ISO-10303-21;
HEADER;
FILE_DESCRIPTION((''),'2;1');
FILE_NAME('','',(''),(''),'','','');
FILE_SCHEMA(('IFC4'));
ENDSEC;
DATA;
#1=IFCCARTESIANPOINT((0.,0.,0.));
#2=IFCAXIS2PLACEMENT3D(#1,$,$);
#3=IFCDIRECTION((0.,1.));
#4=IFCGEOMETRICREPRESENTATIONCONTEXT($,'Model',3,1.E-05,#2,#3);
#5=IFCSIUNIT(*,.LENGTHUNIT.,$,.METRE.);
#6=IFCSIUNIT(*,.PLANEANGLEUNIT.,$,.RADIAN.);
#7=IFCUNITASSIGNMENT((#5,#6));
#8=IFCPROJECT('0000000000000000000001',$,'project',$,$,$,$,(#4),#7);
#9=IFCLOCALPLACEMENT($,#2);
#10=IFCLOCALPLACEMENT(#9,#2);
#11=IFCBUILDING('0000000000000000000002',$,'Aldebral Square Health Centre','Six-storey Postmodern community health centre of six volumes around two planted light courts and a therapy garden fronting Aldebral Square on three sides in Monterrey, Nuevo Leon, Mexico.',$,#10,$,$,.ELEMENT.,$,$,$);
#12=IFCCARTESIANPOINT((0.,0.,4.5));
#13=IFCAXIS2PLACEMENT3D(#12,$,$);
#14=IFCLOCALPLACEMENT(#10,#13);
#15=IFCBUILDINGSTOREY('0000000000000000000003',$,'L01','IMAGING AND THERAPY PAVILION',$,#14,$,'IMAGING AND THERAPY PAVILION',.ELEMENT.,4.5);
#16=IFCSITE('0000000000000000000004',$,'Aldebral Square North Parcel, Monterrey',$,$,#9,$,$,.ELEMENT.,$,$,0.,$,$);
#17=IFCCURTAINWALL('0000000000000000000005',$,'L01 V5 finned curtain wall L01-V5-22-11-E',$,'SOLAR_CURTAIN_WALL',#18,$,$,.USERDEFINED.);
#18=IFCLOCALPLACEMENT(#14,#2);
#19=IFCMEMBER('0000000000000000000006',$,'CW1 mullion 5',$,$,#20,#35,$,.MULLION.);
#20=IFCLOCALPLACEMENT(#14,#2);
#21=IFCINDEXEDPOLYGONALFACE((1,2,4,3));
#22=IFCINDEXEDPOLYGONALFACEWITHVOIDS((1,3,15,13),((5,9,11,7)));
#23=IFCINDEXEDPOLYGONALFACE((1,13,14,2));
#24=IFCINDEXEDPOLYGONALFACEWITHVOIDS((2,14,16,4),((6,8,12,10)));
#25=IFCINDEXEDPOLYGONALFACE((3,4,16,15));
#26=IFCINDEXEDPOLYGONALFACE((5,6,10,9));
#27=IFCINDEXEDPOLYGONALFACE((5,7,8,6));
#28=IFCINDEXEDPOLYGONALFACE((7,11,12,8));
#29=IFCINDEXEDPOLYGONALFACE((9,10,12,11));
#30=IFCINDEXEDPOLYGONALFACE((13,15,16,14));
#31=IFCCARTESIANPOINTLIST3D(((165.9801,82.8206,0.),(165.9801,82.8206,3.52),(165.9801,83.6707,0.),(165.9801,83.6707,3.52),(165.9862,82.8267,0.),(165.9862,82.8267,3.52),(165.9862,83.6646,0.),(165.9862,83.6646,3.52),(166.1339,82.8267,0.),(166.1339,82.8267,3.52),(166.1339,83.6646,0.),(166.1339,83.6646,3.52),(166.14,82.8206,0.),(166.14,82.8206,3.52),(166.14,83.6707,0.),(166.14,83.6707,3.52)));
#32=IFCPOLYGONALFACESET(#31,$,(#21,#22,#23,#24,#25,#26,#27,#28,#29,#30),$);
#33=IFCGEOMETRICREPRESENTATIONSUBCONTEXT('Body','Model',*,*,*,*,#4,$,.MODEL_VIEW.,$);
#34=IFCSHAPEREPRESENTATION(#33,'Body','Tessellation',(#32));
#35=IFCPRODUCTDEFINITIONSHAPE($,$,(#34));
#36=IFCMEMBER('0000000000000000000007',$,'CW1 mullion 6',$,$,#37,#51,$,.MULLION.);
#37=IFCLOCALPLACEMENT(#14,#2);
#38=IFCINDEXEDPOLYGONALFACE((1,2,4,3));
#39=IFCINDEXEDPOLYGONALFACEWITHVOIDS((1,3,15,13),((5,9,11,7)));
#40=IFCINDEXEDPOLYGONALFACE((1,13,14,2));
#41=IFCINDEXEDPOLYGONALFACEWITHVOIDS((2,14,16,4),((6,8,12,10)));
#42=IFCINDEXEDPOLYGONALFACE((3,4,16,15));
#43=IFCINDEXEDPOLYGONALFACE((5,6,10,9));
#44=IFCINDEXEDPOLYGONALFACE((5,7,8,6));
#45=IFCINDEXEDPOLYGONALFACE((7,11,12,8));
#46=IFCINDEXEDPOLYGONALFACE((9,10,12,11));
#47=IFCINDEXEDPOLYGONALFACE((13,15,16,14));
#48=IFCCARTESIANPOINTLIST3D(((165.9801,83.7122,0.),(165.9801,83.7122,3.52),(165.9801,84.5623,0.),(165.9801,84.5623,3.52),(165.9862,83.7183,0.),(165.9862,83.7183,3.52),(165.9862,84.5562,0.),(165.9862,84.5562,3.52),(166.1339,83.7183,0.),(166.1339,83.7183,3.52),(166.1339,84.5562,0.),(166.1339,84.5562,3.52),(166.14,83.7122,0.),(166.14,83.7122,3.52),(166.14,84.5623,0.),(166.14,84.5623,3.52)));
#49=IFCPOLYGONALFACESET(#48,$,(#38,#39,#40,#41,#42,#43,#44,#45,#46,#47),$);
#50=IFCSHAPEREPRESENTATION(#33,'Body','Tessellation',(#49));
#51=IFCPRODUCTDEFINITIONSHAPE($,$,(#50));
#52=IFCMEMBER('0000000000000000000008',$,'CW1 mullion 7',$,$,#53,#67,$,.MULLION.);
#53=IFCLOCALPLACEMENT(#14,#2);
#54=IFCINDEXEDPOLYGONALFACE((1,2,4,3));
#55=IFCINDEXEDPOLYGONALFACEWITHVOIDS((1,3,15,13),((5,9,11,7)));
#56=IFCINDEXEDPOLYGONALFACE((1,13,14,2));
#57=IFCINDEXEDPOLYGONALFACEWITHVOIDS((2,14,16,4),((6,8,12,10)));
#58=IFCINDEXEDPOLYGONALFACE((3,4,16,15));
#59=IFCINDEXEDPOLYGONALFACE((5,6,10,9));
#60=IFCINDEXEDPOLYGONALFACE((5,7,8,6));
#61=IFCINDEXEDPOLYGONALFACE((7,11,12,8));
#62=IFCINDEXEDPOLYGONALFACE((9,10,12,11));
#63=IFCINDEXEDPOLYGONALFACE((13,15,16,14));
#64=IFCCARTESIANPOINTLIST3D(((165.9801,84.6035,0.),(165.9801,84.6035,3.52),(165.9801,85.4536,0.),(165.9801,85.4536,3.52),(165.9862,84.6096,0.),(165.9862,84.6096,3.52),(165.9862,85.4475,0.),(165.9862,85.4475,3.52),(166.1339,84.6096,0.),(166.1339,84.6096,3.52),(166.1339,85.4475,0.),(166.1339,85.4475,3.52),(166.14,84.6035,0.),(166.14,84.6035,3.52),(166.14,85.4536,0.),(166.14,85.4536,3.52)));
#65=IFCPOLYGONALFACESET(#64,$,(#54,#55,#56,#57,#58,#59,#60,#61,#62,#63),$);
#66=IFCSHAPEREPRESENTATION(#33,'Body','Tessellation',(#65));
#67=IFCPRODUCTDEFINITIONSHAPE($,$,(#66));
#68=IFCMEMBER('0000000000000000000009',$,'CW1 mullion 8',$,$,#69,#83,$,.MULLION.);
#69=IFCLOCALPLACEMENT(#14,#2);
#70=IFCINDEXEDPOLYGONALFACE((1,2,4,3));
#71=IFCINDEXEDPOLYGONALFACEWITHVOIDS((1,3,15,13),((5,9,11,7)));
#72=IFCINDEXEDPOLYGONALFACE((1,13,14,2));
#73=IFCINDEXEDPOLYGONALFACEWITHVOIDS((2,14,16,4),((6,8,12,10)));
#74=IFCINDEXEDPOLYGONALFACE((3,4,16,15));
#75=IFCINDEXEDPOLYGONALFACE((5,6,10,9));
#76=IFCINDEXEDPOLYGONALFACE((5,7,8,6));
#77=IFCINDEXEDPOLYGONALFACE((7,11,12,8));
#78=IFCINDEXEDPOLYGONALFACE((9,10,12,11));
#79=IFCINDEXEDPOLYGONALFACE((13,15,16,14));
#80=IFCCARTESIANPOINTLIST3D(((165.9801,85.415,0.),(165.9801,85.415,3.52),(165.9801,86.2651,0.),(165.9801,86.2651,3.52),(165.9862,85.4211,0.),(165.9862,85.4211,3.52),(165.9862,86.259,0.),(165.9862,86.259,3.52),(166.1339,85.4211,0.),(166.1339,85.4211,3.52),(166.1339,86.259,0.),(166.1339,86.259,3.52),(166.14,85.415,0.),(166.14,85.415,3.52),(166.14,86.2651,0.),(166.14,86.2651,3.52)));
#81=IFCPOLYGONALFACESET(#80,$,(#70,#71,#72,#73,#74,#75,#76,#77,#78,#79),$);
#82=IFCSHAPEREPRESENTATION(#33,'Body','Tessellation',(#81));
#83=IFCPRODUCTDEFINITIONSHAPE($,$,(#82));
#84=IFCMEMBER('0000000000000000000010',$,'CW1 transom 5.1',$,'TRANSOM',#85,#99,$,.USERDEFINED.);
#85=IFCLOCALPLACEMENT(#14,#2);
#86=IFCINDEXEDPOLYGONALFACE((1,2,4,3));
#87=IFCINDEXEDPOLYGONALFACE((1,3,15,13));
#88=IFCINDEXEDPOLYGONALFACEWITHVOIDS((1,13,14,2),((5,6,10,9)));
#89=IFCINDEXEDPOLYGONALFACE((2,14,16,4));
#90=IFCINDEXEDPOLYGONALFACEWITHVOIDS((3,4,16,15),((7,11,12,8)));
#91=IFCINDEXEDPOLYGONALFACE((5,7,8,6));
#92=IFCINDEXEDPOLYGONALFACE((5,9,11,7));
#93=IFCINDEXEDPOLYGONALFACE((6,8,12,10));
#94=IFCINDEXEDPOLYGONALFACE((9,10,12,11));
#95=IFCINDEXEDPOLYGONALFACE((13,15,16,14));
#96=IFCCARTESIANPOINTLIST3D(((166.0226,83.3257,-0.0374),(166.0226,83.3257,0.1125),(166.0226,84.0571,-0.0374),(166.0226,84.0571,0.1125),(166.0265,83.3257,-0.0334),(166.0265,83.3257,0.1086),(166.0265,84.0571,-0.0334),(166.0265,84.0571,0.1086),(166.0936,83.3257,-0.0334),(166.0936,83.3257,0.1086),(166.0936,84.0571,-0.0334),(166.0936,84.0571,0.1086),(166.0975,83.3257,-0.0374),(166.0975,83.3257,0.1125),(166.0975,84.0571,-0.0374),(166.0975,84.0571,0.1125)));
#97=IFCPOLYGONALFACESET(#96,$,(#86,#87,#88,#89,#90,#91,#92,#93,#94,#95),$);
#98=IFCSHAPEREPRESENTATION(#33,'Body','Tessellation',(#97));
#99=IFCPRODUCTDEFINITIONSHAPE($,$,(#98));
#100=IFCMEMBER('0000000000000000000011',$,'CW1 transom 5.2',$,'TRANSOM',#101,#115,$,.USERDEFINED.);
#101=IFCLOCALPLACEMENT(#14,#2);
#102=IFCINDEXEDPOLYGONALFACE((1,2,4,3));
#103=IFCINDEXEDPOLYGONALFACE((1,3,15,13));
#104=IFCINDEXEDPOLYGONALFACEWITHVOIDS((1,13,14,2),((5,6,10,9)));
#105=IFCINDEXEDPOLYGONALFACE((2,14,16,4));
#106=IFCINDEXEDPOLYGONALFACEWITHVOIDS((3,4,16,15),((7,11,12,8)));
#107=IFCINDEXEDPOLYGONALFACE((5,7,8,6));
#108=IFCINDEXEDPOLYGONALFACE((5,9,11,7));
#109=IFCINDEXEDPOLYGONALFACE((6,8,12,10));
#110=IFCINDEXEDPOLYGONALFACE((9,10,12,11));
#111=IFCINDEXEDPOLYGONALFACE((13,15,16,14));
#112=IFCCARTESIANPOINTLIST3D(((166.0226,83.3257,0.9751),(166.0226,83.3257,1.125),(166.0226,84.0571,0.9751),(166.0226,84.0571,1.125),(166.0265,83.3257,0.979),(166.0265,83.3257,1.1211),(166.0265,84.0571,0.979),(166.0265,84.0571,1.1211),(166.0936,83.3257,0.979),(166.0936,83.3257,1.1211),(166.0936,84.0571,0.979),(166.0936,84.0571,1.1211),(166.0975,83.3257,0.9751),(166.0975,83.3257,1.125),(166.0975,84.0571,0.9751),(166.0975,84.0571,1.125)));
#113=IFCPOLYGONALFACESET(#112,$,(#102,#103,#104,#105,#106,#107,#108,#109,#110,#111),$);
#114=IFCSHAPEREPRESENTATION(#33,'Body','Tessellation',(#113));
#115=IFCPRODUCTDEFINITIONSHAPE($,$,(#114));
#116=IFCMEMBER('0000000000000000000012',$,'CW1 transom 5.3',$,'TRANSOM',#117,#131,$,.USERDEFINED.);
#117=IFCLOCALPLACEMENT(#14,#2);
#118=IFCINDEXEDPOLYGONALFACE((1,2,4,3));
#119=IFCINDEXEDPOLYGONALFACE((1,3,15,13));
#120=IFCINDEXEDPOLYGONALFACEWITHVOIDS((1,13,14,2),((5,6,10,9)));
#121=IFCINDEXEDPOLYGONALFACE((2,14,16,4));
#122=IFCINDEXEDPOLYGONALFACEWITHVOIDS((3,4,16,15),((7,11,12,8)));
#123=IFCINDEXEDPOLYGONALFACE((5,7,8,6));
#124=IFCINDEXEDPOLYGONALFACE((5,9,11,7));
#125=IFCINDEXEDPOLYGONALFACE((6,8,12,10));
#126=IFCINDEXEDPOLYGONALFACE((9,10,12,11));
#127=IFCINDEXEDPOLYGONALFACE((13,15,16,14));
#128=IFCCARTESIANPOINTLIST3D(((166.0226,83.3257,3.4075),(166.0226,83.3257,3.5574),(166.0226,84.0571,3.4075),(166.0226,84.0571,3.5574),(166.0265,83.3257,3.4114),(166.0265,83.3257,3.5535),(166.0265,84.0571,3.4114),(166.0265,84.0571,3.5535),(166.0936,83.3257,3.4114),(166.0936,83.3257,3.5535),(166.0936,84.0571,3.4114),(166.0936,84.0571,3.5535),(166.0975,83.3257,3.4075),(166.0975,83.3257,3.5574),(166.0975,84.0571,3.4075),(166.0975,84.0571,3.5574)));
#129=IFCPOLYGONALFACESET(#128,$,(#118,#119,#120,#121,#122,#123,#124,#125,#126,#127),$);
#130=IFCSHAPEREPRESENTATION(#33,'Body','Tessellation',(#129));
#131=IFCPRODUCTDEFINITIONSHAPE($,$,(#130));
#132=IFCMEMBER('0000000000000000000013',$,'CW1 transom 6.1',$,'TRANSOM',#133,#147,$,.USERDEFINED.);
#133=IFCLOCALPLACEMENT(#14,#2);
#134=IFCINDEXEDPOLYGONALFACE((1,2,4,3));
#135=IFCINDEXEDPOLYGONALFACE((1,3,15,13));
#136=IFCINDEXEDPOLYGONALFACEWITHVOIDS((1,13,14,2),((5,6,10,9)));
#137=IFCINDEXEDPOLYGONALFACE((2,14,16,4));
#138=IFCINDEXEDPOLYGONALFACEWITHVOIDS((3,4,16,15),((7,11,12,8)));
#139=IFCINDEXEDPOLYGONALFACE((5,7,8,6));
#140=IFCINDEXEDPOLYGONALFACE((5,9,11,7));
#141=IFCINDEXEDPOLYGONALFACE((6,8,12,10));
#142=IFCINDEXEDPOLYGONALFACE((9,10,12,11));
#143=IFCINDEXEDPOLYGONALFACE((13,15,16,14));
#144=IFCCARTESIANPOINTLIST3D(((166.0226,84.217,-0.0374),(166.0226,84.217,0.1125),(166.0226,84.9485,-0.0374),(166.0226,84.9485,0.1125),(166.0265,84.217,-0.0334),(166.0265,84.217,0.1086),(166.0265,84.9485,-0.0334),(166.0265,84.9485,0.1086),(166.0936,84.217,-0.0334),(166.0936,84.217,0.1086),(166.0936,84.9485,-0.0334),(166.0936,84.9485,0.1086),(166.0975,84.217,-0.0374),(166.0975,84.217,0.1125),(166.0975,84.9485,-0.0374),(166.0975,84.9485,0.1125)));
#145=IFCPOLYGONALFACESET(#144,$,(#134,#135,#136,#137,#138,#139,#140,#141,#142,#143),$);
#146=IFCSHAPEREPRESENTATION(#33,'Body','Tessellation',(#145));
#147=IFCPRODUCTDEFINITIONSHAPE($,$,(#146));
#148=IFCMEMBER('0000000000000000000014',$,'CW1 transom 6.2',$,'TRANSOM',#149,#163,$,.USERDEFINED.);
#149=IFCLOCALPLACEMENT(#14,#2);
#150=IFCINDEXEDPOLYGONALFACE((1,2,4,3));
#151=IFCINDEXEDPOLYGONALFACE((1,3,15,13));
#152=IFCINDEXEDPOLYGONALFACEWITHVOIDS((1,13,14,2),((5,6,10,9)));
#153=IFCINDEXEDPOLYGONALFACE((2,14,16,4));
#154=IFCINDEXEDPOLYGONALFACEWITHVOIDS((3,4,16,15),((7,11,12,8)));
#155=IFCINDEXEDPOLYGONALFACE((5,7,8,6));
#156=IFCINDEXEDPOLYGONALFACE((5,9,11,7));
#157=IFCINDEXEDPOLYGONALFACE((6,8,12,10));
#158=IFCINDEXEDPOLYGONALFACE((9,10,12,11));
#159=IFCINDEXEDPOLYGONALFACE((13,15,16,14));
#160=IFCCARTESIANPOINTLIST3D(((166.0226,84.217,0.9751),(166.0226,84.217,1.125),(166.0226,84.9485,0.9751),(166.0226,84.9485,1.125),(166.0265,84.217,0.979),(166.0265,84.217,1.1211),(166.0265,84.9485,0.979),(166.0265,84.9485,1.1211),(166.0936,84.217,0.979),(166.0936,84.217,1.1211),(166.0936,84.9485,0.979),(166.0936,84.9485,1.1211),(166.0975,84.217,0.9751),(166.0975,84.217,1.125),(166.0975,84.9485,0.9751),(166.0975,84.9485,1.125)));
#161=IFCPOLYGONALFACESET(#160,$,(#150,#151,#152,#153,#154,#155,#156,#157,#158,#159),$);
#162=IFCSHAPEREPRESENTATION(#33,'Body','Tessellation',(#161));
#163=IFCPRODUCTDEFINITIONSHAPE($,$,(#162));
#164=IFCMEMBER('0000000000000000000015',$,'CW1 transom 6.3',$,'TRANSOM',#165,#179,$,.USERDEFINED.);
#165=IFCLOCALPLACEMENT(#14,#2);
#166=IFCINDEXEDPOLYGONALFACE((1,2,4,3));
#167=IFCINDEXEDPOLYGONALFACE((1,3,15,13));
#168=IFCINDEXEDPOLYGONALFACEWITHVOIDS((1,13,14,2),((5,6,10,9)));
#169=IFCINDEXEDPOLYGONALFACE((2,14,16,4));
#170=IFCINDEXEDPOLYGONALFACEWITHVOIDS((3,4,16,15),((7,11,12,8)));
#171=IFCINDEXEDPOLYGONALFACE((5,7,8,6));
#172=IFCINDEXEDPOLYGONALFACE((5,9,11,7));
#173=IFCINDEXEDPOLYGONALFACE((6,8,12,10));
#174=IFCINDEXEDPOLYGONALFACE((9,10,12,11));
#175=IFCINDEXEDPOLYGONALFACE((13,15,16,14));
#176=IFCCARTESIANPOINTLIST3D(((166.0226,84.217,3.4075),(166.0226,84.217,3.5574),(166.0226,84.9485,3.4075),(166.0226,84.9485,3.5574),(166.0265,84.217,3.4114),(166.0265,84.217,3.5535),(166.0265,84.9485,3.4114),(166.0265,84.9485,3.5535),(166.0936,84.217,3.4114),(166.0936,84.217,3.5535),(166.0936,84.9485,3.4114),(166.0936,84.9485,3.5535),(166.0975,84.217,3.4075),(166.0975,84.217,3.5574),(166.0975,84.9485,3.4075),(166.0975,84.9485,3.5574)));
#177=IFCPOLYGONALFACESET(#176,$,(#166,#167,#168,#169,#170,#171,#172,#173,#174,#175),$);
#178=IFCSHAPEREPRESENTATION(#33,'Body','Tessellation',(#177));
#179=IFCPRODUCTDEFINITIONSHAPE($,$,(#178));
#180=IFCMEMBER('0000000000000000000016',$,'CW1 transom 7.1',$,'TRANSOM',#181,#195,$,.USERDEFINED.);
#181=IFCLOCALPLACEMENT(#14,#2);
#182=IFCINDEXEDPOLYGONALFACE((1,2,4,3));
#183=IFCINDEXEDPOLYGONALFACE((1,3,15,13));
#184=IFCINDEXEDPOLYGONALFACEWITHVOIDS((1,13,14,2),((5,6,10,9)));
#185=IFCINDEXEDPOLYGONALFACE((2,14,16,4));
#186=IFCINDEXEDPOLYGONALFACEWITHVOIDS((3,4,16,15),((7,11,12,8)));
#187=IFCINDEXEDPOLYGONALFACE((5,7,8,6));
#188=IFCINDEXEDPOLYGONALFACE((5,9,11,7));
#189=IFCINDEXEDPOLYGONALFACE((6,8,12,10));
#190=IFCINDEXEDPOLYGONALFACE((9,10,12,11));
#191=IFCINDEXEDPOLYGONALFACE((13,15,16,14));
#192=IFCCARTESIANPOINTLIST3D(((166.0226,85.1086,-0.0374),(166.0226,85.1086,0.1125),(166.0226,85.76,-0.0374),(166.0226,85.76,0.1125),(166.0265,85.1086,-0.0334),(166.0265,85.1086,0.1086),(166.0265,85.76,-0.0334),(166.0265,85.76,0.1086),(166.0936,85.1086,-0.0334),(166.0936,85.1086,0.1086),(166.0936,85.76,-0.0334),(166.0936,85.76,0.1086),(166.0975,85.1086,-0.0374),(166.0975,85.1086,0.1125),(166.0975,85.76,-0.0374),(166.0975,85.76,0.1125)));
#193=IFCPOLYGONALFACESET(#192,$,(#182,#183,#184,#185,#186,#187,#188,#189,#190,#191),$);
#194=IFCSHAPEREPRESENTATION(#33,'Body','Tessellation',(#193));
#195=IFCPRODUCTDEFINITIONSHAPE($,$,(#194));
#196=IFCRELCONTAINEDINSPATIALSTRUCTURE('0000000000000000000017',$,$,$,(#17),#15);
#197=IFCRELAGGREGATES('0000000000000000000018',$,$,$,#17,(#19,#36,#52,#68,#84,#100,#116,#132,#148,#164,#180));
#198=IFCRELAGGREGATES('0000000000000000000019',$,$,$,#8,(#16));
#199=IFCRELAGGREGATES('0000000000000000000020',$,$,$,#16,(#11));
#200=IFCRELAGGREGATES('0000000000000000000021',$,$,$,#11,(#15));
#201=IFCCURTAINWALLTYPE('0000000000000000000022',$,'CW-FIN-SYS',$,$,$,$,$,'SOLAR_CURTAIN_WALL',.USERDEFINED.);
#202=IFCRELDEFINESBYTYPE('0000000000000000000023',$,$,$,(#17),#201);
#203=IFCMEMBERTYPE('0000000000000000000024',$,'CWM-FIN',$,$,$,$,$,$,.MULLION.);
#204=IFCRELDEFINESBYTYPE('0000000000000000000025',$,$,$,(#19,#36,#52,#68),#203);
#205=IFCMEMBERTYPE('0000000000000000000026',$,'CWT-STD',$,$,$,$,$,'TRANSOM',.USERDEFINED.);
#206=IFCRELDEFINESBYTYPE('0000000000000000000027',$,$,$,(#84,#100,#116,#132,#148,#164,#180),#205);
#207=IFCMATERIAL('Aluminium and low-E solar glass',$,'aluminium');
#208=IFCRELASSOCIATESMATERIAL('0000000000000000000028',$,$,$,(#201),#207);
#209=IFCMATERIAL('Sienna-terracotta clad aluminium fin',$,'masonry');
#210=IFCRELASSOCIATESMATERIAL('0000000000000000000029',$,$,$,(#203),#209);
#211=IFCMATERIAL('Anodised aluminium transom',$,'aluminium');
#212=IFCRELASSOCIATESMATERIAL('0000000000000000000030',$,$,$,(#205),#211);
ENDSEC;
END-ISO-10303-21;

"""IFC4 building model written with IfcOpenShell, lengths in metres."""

from ifc_helpers import new_model, si_unit, direction, frame, origin, origin_2d, place, context, subcontext, project, spatial, hollow_rectangle, extrude, material, material_profile, profile_set, type_object, element, aggregate, save


model = new_model("IFC4")

# Units and contexts
model_context = context("Model", 3, precision=1e-05, world=origin(), true_north=direction((0.0, 1.0)))
body_context = subcontext(model_context, "Body", "Model", "MODEL_VIEW")
ifc_project = project(units=[si_unit("LENGTHUNIT", "METRE"), si_unit("PLANEANGLEUNIT", "RADIAN")], contexts=[model_context])

# Site, building, storey
site_placement = place(None, origin())
site = spatial("IfcSite", under=ifc_project, at=site_placement, Name="Aldebral Square North Parcel, Monterrey", CompositionType="ELEMENT", RefElevation=0.0)
building_placement = place(site_placement, origin())
building = spatial("IfcBuilding", under=site, at=building_placement, Name="Aldebral Square Health Centre", Description="Six-storey Postmodern community health centre of six volumes around two planted light courts and a therapy garden fronting Aldebral Square on three sides in Monterrey, Nuevo Leon, Mexico.", CompositionType="ELEMENT")
storey_placement = place(building_placement, frame((0.0, 0.0, 4.5)))
storey = spatial("IfcBuildingStorey", under=building, at=storey_placement, Name="L01", Description="IMAGING AND THERAPY PAVILION", LongName="IMAGING AND THERAPY PAVILION", CompositionType="ELEMENT", Elevation=4.5)

# Curtain wall, members
ifc_material_1 = material(Name="Aluminium and low-E solar glass", Category="aluminium")
curtain_wall_type = type_object("IfcCurtainWallType", Name="CW-FIN-SYS", ElementType="SOLAR_CURTAIN_WALL", PredefinedType="USERDEFINED", material=ifc_material_1)
curtain_wall_placement = place(storey_placement, origin())
curtain_wall = element("IfcCurtainWall", 1, at=curtain_wall_placement, inside=storey, type_object=curtain_wall_type, Name="L01 V5 finned curtain wall L01-V5-22-11-E", ObjectType="SOLAR_CURTAIN_WALL", PredefinedType="USERDEFINED")
ifc_material_2 = material(Name="Sienna-terracotta clad aluminium fin", Category="masonry")
ifc_material_profile_1 = material_profile(ifc_material_2, hollow_rectangle(XDim=0.1599, YDim=0.8501, WallThickness=0.0061, at=origin_2d()), Name="FIN 160x850x6")
ifc_profile_set_1 = profile_set([ifc_material_profile_1], Name="Sienna-terracotta clad aluminium fin")
member_type_1 = type_object("IfcMemberType", Name="CWM-FIN", PredefinedType="MULLION", material=ifc_profile_set_1)
member_1_placement = place(storey_placement, frame((166.0601, 83.2456, 0.0), z_axis=(0.0, 0.0, 1.0), x_axis=(-1.0, 0.0, 0.0)))
member_1 = element("IfcMember", 2, at=member_1_placement, type_object=member_type_1, Name="CW1 mullion 5", PredefinedType="MULLION", context=body_context, shape_type="SweptSolid", body=[
    extrude(hollow_rectangle(XDim=0.1599, YDim=0.8501, WallThickness=0.0061, at=origin_2d()), origin(), (0.0, 0.0, 1.0), 3.52),
])
member_2_placement = place(storey_placement, frame((166.0601, 84.1372, 0.0), z_axis=(0.0, 0.0, 1.0), x_axis=(-1.0, 0.0, 0.0)))
member_2 = element("IfcMember", 3, at=member_2_placement, type_object=member_type_1, Name="CW1 mullion 6", PredefinedType="MULLION", context=body_context, shape_type="SweptSolid", body=[
    extrude(hollow_rectangle(XDim=0.1599, YDim=0.8501, WallThickness=0.0061, at=origin_2d()), origin(), (0.0, 0.0, 1.0), 3.52),
])
member_3_placement = place(storey_placement, frame((166.0601, 85.0286, 0.0), z_axis=(0.0, 0.0, 1.0), x_axis=(-1.0, 0.0, 0.0)))
member_3 = element("IfcMember", 4, at=member_3_placement, type_object=member_type_1, Name="CW1 mullion 7", PredefinedType="MULLION", context=body_context, shape_type="SweptSolid", body=[
    extrude(hollow_rectangle(XDim=0.1599, YDim=0.8501, WallThickness=0.0061, at=origin_2d()), origin(), (0.0, 0.0, 1.0), 3.52),
])
member_4_placement = place(storey_placement, frame((166.0601, 85.8401, 0.0), z_axis=(0.0, 0.0, 1.0), x_axis=(-1.0, 0.0, 0.0)))
member_4 = element("IfcMember", 5, at=member_4_placement, type_object=member_type_1, Name="CW1 mullion 8", PredefinedType="MULLION", context=body_context, shape_type="SweptSolid", body=[
    extrude(hollow_rectangle(XDim=0.1599, YDim=0.8501, WallThickness=0.0061, at=origin_2d()), origin(), (0.0, 0.0, 1.0), 3.52),
])
ifc_material_3 = material(Name="Anodised aluminium transom", Category="aluminium")
ifc_material_profile_2 = material_profile(ifc_material_3, hollow_rectangle(XDim=0.075, YDim=0.1499, WallThickness=0.0039, at=origin_2d()), Name="CWT 75x150x4")
ifc_profile_set_2 = profile_set([ifc_material_profile_2], Name="Anodised aluminium transom")
member_type_2 = type_object("IfcMemberType", Name="CWT-STD", ElementType="TRANSOM", PredefinedType="USERDEFINED", material=ifc_profile_set_2)
member_5_placement = place(storey_placement, frame((166.0601, 83.3257, 0.0376), z_axis=(0.0, 1.0, 0.0), x_axis=(-1.0, 0.0, 0.0)))
member_5 = element("IfcMember", 6, at=member_5_placement, type_object=member_type_2, Name="CW1 transom 5.1", ObjectType="TRANSOM", PredefinedType="USERDEFINED", context=body_context, shape_type="SweptSolid", body=[
    extrude(hollow_rectangle(XDim=0.075, YDim=0.1499, WallThickness=0.0039, at=origin_2d()), origin(), (0.0, 0.0, 1.0), 0.7314),
])
member_6_placement = place(storey_placement, frame((166.0601, 83.3257, 1.05), z_axis=(0.0, 1.0, 0.0), x_axis=(-1.0, 0.0, 0.0)))
member_6 = element("IfcMember", 7, at=member_6_placement, type_object=member_type_2, Name="CW1 transom 5.2", ObjectType="TRANSOM", PredefinedType="USERDEFINED", context=body_context, shape_type="SweptSolid", body=[
    extrude(hollow_rectangle(XDim=0.075, YDim=0.1499, WallThickness=0.0039, at=origin_2d()), origin(), (0.0, 0.0, 1.0), 0.7314),
])
member_7_placement = place(storey_placement, frame((166.0601, 83.3257, 3.4824), z_axis=(0.0, 1.0, 0.0), x_axis=(-1.0, 0.0, 0.0)))
member_7 = element("IfcMember", 8, at=member_7_placement, type_object=member_type_2, Name="CW1 transom 5.3", ObjectType="TRANSOM", PredefinedType="USERDEFINED", context=body_context, shape_type="SweptSolid", body=[
    extrude(hollow_rectangle(XDim=0.075, YDim=0.1499, WallThickness=0.0039, at=origin_2d()), origin(), (0.0, 0.0, 1.0), 0.7314),
])
member_8_placement = place(storey_placement, frame((166.0601, 84.217, 0.0376), z_axis=(0.0, 1.0, 0.0), x_axis=(-1.0, 0.0, 0.0)))
member_8 = element("IfcMember", 9, at=member_8_placement, type_object=member_type_2, Name="CW1 transom 6.1", ObjectType="TRANSOM", PredefinedType="USERDEFINED", context=body_context, shape_type="SweptSolid", body=[
    extrude(hollow_rectangle(XDim=0.075, YDim=0.1499, WallThickness=0.0039, at=origin_2d()), origin(), (0.0, 0.0, 1.0), 0.7314),
])
member_9_placement = place(storey_placement, frame((166.0601, 84.217, 1.05), z_axis=(0.0, 1.0, 0.0), x_axis=(-1.0, 0.0, 0.0)))
member_9 = element("IfcMember", 10, at=member_9_placement, type_object=member_type_2, Name="CW1 transom 6.2", ObjectType="TRANSOM", PredefinedType="USERDEFINED", context=body_context, shape_type="SweptSolid", body=[
    extrude(hollow_rectangle(XDim=0.075, YDim=0.1499, WallThickness=0.0039, at=origin_2d()), origin(), (0.0, 0.0, 1.0), 0.7314),
])
member_10_placement = place(storey_placement, frame((166.0601, 84.217, 3.4824), z_axis=(0.0, 1.0, 0.0), x_axis=(-1.0, 0.0, 0.0)))
member_10 = element("IfcMember", 11, at=member_10_placement, type_object=member_type_2, Name="CW1 transom 6.3", ObjectType="TRANSOM", PredefinedType="USERDEFINED", context=body_context, shape_type="SweptSolid", body=[
    extrude(hollow_rectangle(XDim=0.075, YDim=0.1499, WallThickness=0.0039, at=origin_2d()), origin(), (0.0, 0.0, 1.0), 0.7314),
])
member_11_placement = place(storey_placement, frame((166.0601, 85.1086, 0.0376), z_axis=(0.0, 1.0, 0.0), x_axis=(-1.0, 0.0, 0.0)))
member_11 = element("IfcMember", 12, at=member_11_placement, type_object=member_type_2, Name="CW1 transom 7.1", ObjectType="TRANSOM", PredefinedType="USERDEFINED", context=body_context, shape_type="SweptSolid", body=[
    extrude(hollow_rectangle(XDim=0.075, YDim=0.1499, WallThickness=0.0039, at=origin_2d()), origin(), (0.0, 0.0, 1.0), 0.6514),
])
aggregate(curtain_wall, [member_1, member_2, member_3, member_4, member_5, member_6, member_7, member_8, member_9, member_10, member_11])

save(model, "model.ifc")
